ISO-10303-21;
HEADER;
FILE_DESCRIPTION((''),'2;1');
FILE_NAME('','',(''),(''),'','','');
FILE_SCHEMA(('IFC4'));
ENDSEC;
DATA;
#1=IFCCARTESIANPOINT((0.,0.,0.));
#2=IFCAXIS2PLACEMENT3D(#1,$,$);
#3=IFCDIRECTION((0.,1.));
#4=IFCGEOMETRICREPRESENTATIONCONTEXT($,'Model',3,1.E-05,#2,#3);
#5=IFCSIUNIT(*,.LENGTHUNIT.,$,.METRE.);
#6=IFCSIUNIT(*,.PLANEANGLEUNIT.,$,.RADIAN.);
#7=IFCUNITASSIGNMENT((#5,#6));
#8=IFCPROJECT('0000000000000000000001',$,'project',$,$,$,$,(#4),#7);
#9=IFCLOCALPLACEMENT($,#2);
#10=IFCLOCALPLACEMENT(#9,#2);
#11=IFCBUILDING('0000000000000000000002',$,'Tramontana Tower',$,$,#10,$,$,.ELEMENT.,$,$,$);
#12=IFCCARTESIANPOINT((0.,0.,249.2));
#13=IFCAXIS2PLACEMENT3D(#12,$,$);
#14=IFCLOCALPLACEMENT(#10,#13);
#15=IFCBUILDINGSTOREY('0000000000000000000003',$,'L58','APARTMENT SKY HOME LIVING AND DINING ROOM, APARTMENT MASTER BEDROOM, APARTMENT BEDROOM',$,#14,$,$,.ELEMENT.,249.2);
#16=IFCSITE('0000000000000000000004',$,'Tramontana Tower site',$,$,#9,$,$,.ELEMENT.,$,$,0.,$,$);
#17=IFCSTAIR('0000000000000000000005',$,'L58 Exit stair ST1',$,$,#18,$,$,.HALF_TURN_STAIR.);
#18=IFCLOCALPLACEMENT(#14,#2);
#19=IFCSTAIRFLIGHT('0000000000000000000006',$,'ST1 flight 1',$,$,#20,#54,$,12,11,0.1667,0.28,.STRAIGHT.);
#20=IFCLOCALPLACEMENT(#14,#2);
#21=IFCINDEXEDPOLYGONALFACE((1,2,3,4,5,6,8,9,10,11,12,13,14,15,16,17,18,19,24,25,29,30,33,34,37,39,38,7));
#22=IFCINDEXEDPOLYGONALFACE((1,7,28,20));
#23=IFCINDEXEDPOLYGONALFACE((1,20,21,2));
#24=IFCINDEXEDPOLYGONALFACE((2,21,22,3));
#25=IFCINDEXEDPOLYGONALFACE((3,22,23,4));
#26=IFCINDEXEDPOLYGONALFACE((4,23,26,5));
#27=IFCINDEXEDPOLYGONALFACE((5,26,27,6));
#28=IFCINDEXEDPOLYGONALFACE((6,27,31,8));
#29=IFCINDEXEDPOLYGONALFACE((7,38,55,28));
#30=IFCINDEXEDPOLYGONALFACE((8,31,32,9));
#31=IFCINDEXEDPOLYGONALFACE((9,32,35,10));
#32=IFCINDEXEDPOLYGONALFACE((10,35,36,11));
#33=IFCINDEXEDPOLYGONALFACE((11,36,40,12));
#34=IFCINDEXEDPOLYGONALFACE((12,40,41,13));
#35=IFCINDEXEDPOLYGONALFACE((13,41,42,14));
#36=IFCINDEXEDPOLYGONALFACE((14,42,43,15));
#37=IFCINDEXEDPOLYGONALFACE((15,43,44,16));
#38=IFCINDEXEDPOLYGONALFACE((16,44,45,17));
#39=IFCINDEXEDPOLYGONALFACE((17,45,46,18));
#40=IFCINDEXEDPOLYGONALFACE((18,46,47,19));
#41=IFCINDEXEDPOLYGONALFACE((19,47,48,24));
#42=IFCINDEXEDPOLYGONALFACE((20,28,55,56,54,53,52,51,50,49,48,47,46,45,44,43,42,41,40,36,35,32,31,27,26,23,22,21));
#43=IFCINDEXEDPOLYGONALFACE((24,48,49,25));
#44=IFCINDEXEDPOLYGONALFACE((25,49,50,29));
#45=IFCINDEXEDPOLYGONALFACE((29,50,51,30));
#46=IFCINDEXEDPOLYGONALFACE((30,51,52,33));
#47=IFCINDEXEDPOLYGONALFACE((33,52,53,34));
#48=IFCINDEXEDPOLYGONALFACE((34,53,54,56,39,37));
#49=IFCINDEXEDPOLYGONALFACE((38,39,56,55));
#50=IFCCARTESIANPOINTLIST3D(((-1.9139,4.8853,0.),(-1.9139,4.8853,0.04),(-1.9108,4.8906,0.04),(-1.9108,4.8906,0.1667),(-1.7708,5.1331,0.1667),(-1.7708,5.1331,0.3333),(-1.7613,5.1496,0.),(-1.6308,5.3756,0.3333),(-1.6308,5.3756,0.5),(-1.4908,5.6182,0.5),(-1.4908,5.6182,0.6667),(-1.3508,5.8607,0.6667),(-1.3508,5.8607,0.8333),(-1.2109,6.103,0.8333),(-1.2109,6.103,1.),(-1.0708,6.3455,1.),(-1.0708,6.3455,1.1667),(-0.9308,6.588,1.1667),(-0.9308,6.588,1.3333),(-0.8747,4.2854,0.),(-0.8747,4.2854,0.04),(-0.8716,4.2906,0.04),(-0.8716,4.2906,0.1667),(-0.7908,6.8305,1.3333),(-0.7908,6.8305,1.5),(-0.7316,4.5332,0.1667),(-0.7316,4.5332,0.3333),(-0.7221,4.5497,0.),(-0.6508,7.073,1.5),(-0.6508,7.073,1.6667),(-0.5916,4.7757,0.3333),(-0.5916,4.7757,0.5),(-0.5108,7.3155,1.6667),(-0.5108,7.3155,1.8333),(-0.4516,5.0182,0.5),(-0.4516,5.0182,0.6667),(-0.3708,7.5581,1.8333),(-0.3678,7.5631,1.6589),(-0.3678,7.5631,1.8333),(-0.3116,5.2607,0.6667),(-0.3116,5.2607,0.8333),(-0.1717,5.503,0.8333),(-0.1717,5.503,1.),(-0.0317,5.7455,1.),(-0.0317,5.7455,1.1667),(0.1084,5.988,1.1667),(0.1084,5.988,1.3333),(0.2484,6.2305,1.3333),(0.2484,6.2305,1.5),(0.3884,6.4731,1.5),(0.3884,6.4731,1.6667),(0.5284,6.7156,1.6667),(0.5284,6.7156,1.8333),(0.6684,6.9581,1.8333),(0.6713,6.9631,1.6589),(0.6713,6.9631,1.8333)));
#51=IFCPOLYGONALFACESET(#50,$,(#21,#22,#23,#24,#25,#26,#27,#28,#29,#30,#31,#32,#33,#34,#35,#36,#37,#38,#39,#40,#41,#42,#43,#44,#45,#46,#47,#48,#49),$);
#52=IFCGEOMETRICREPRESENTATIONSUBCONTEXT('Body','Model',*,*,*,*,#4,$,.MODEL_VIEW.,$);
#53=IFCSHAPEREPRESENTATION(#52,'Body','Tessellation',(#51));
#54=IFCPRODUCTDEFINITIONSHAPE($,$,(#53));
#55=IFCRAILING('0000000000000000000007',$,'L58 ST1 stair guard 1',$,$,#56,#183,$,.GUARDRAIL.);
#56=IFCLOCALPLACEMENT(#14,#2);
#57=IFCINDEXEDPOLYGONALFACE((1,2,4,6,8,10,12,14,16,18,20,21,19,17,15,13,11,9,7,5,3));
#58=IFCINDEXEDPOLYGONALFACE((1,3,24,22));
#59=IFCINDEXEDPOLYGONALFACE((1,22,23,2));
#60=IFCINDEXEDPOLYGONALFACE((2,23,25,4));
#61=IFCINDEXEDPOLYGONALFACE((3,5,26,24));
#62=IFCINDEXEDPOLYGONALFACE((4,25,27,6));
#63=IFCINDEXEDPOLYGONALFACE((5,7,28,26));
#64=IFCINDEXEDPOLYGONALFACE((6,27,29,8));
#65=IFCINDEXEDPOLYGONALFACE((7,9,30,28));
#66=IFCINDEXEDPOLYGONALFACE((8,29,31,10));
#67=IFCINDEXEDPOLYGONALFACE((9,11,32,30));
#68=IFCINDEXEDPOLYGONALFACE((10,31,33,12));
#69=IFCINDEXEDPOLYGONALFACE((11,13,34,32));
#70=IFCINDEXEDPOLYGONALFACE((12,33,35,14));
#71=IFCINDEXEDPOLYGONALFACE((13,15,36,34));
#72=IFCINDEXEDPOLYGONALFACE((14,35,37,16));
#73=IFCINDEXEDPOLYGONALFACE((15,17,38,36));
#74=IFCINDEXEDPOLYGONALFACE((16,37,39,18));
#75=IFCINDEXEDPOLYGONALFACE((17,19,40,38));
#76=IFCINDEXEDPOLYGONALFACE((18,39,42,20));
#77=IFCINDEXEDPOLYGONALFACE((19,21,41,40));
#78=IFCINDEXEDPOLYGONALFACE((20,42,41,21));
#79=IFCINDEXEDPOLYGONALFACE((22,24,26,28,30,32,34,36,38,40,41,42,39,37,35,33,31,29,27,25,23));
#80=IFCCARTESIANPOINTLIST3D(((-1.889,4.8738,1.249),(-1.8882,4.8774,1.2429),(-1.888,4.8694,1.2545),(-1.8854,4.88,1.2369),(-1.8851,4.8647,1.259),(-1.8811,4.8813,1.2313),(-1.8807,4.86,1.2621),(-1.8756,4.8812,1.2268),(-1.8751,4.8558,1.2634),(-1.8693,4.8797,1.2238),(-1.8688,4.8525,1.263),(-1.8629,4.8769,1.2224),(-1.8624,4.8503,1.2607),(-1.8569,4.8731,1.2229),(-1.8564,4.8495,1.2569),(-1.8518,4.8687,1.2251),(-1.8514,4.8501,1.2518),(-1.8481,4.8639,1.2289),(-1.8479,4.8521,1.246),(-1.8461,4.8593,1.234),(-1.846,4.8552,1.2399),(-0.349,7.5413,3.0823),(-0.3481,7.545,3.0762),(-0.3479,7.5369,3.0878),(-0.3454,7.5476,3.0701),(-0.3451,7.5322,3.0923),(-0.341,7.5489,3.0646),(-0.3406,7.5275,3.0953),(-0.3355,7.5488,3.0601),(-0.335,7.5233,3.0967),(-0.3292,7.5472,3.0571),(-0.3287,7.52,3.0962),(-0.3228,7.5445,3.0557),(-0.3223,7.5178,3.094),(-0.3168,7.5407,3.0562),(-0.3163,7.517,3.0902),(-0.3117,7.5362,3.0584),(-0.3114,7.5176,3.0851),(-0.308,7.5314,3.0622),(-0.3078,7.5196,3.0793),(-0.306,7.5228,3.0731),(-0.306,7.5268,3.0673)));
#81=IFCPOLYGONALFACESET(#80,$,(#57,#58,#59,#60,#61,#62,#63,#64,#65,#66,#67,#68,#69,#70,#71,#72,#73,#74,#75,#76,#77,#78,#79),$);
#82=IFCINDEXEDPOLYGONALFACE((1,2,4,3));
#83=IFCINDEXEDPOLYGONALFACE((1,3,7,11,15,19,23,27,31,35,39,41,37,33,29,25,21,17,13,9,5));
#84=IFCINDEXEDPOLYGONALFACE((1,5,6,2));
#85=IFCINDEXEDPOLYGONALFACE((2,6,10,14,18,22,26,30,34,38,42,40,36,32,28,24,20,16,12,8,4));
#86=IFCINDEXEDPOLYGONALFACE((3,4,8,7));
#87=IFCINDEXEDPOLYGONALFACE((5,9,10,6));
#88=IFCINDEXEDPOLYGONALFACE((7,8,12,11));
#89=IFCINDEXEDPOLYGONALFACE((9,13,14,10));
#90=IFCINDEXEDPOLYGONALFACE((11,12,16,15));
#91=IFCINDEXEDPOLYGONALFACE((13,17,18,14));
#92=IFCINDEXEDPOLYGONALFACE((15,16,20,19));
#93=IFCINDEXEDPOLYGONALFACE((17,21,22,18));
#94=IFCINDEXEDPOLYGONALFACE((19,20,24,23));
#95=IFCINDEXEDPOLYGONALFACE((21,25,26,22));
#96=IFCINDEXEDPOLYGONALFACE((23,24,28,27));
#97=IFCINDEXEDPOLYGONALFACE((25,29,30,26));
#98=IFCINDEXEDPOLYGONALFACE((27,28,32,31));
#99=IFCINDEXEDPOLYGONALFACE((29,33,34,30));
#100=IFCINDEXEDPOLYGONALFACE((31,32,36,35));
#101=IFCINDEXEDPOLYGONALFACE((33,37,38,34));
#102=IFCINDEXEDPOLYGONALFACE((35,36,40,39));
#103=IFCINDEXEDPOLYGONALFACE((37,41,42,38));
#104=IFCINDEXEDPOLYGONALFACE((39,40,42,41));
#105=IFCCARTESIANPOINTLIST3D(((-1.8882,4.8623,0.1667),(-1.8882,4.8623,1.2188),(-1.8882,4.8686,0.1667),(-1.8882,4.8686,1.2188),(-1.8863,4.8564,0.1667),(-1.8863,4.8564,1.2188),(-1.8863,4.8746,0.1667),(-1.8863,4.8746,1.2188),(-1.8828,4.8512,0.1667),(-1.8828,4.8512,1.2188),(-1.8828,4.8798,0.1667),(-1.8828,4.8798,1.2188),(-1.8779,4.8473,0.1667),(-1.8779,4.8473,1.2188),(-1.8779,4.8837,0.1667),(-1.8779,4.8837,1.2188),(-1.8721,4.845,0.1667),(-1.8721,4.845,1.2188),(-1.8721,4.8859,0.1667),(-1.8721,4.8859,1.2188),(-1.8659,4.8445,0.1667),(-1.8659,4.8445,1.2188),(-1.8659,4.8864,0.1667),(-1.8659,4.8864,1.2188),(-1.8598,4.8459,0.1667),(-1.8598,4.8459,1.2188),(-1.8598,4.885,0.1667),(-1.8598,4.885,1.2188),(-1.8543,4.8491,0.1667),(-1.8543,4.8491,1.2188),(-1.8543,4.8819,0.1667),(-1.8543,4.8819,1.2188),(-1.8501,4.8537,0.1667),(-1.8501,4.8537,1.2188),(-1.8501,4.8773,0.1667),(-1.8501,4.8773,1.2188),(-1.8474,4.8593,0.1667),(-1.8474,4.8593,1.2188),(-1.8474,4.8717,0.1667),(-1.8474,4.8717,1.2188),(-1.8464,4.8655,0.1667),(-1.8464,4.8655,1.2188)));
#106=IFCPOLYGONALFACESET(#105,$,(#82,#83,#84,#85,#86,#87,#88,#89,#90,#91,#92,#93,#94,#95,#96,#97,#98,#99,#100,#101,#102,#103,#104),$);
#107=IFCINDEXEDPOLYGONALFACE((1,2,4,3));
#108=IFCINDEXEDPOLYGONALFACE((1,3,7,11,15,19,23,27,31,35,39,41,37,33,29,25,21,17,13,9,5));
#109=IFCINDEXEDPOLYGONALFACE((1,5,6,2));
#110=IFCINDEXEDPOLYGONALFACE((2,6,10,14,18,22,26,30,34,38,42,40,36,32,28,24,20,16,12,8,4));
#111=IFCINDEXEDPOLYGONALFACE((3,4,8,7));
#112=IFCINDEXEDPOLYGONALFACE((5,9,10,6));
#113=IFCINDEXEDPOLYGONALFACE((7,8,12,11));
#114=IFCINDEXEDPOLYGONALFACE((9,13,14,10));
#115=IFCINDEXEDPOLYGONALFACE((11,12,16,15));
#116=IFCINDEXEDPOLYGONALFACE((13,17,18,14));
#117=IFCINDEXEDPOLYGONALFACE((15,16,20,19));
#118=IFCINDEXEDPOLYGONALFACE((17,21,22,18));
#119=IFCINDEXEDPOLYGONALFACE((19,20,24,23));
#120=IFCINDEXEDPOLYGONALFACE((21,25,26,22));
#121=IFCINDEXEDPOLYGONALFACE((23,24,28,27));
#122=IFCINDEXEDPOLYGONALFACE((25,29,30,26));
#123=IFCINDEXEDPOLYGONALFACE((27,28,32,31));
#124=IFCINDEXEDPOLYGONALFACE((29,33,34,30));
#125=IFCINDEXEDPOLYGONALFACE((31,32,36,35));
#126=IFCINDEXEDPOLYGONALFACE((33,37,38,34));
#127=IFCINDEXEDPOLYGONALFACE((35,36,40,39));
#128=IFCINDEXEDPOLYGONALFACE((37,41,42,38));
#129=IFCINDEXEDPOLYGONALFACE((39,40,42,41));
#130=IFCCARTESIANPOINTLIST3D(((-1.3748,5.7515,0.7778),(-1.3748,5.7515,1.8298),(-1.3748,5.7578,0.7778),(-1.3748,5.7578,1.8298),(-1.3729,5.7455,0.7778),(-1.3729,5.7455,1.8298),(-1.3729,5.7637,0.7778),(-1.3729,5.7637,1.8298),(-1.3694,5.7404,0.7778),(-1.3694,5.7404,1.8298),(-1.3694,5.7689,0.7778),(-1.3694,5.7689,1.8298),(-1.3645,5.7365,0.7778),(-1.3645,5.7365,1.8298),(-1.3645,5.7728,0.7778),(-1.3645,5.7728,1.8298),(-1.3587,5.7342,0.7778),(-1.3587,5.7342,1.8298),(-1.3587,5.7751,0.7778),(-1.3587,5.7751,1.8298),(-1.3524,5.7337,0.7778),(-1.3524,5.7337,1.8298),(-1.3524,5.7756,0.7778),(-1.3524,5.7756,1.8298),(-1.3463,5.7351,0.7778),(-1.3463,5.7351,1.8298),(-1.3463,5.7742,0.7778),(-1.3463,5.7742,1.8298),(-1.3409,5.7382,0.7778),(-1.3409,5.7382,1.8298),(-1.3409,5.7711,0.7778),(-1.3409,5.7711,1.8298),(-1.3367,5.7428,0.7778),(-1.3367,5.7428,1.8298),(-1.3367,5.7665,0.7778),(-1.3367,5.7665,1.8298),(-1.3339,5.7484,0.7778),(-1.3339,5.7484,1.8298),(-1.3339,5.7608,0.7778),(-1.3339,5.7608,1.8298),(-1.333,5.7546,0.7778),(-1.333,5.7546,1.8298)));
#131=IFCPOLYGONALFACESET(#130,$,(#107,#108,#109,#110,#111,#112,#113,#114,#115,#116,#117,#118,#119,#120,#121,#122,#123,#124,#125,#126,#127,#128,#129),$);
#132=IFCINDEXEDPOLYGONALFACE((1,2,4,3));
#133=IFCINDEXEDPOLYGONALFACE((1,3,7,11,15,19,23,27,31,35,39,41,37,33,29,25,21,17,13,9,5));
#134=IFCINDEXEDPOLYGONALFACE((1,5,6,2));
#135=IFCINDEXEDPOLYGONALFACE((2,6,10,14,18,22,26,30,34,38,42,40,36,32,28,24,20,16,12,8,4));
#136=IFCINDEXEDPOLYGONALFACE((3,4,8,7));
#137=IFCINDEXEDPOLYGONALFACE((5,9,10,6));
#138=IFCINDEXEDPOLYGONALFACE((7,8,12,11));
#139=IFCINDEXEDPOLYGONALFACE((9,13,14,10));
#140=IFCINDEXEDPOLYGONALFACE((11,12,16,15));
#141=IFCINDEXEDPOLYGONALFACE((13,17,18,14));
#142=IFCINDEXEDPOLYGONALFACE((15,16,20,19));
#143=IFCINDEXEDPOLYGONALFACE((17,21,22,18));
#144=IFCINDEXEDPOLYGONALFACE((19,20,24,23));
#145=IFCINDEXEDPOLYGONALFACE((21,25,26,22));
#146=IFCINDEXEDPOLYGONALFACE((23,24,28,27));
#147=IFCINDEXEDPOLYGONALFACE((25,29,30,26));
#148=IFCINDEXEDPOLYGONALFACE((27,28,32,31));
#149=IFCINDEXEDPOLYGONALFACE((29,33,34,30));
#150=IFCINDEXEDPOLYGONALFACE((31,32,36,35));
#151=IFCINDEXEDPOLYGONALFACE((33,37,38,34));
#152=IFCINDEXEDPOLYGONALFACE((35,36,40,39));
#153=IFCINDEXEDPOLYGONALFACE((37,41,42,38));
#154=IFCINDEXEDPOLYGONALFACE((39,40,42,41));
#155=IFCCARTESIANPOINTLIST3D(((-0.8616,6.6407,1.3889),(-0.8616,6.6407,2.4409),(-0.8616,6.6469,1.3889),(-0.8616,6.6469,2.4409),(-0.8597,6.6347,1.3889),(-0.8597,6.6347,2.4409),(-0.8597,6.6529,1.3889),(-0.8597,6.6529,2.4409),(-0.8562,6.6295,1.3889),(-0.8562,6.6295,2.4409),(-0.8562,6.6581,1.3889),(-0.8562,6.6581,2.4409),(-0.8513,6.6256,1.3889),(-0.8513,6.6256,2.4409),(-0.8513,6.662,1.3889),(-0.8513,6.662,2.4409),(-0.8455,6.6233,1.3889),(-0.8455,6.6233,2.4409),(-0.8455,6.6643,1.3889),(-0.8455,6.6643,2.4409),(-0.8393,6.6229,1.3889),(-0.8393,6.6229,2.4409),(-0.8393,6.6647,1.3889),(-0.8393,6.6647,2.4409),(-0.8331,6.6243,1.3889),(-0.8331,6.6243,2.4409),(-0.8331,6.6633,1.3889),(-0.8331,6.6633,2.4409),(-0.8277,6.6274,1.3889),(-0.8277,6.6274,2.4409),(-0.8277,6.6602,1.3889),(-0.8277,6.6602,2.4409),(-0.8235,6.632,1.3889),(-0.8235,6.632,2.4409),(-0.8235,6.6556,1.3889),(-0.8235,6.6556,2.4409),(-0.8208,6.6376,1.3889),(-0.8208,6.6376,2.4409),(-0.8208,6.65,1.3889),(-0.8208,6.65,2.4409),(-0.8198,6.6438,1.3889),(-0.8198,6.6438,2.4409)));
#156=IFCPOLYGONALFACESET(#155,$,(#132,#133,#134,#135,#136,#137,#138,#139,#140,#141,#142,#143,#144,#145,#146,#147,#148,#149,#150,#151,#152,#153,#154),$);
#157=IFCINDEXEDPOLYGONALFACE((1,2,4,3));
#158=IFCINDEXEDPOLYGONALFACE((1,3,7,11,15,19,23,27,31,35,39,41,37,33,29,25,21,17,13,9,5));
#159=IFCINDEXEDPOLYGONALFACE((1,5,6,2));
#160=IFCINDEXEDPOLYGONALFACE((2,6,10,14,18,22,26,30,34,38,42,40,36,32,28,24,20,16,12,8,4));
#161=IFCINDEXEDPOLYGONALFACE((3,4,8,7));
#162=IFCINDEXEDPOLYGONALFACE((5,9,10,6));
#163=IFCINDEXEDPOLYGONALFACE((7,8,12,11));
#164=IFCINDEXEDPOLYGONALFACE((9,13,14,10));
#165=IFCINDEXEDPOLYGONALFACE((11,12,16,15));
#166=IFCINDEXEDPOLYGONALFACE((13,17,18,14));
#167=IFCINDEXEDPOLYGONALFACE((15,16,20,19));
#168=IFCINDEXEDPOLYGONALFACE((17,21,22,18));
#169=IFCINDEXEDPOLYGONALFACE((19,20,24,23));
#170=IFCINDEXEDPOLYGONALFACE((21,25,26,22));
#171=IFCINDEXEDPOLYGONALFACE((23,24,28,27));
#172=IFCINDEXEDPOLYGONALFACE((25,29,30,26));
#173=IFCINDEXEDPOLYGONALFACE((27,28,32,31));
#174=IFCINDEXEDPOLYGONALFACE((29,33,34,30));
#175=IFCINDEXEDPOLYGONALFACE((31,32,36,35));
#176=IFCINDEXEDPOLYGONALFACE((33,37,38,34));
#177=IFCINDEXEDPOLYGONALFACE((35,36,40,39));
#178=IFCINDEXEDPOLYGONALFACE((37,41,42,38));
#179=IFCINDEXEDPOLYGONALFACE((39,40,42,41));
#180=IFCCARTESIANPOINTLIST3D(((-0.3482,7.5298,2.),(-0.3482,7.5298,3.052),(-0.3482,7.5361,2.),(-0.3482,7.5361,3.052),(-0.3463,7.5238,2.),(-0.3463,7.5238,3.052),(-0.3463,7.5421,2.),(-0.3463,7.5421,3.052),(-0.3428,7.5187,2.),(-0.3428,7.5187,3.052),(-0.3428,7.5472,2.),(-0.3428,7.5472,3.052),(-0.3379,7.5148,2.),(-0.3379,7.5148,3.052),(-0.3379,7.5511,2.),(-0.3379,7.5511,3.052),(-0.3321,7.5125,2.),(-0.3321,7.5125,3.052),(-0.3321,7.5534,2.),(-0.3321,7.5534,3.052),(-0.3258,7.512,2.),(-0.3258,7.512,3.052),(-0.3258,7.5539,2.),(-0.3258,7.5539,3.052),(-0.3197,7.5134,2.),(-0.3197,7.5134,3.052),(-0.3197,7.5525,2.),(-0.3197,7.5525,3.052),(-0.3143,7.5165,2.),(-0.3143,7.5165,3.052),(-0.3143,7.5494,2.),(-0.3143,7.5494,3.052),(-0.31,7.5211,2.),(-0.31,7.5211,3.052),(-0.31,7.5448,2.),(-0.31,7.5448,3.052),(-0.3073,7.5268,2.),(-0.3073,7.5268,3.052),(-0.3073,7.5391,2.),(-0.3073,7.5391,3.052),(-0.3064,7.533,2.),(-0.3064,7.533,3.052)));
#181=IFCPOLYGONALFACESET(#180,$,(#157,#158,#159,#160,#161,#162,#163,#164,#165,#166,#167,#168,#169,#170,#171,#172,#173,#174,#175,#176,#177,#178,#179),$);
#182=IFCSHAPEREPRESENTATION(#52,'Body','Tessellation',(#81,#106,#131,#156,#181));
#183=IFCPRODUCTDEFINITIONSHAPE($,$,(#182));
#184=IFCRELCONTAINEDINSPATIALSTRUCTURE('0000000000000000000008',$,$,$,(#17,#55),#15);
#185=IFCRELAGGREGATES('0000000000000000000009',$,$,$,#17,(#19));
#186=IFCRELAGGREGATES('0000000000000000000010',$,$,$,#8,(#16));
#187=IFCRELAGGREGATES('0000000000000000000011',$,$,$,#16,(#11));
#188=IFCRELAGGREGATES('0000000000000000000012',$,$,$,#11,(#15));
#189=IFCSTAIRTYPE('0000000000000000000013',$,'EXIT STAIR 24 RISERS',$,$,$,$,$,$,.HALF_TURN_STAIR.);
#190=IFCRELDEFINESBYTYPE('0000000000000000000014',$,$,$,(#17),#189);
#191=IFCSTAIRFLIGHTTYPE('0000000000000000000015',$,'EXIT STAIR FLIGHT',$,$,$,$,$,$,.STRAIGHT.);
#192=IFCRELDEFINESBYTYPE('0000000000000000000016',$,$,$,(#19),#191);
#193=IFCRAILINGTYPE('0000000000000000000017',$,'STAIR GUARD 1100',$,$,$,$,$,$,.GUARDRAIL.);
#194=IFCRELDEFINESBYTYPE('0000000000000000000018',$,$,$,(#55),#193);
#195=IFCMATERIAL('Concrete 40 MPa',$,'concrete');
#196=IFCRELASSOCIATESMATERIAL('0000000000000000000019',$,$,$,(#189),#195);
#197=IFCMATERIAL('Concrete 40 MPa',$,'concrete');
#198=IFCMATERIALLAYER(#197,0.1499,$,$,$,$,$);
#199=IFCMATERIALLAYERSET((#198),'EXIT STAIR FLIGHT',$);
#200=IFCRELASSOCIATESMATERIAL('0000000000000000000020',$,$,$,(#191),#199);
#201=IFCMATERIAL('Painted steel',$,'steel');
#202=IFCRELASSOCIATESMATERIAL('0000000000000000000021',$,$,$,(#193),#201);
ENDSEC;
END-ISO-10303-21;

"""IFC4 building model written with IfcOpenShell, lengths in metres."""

from ifc_helpers import new_model, si_unit, direction, frame, origin, origin_2d, place, context, subcontext, project, spatial, polyline, circle, outline, extrude, material, layer, layer_set, type_object, element, aggregate, save


model = new_model("IFC4")

# Units and contexts
model_context = context("Model", 3, precision=1e-05, world=origin(), true_north=direction((0.0, 1.0)))
body_context = subcontext(model_context, "Body", "Model", "MODEL_VIEW")
ifc_project = project(units=[si_unit("LENGTHUNIT", "METRE"), si_unit("PLANEANGLEUNIT", "RADIAN")], contexts=[model_context])

# Site, building, storey
site_placement = place(None, origin())
site = spatial("IfcSite", under=ifc_project, at=site_placement, Name="Tramontana Tower site", CompositionType="ELEMENT", RefElevation=0.0)
building_placement = place(site_placement, origin())
building = spatial("IfcBuilding", under=site, at=building_placement, Name="Tramontana Tower", CompositionType="ELEMENT")
storey_placement = place(building_placement, frame((0.0, 0.0, 249.2)))
storey = spatial("IfcBuildingStorey", under=building, at=storey_placement, Name="L58", Description="APARTMENT SKY HOME LIVING AND DINING ROOM, APARTMENT MASTER BEDROOM, APARTMENT BEDROOM", CompositionType="ELEMENT", Elevation=249.2)

# Stair, stair flight
ifc_material_1 = material(Name="Concrete 40 MPa", Category="concrete")
stair_type = type_object("IfcStairType", Name="EXIT STAIR 24 RISERS", PredefinedType="HALF_TURN_STAIR", material=ifc_material_1)
stair_placement = place(storey_placement, origin())
stair = element("IfcStair", 1, at=stair_placement, inside=storey, type_object=stair_type, Name="L58 Exit stair ST1", PredefinedType="HALF_TURN_STAIR")
ifc_material_2 = material(Name="Concrete 40 MPa", Category="concrete")
ifc_layer_1 = layer(ifc_material_2, 0.1499)
ifc_layer_set_1 = layer_set([ifc_layer_1], Name="EXIT STAIR FLIGHT")
stair_flight_type = type_object("IfcStairFlightType", Name="EXIT STAIR FLIGHT", PredefinedType="STRAIGHT", material=ifc_layer_set_1)
stair_flight_placement = place(storey_placement, frame((-1.3911, 4.5906, 0.0), z_axis=(0.0, 0.0, 1.0), x_axis=(0.5, 0.866025, 0.0)))
stair_flight = element("IfcStairFlight", 2, at=stair_flight_placement, type_object=stair_flight_type, Name="ST1 flight 1", NumberOfRisers=12, NumberOfTreads=11, PredefinedType="STRAIGHT", RiserHeight=0.1667, TreadLength=0.28, context=body_context, shape_type="SweptSolid", body=[
    extrude(outline(polyline([(-0.0061, 0.0), (-0.0061, 0.04), (0.0, 0.04), (0.0, 0.1667), (0.28, 0.1667), (0.28, 0.3333), (0.5601, 0.3333), (0.5601, 0.5), (0.8401, 0.5), (0.8401, 0.6667), (1.1201, 0.6667), (1.1201, 0.8333), (1.3999, 0.8333), (1.3999, 1.0), (1.6799, 1.0), (1.6799, 1.1667), (1.96, 1.1667), (1.96, 1.3333), (2.24, 1.3333), (2.24, 1.5), (2.52, 1.5), (2.52, 1.6667), (2.8, 1.6667), (2.8, 1.8333), (3.0801, 1.8333), (3.0859, 1.8333), (3.0859, 1.6589), (0.2991, 0.0), (-0.0061, 0.0)])), frame((0.0, 0.6001, 0.0), z_axis=(0.0, -1.0, 0.0), x_axis=(1.0, 0.0, 0.0)), (0.0, 0.0, 1.0), 1.2),
])
aggregate(stair, [stair_flight])

# Railing
ifc_material_3 = material(Name="Painted steel", Category="steel")
railing_type_1 = type_object("IfcRailingType", Name="STAIR GUARD 1100", PredefinedType="GUARDRAIL", material=ifc_material_3)
railing_1_placement = place(storey_placement, frame((-1.8674, 4.8655, 0.1667)))
element("IfcRailing", 3, at=railing_1_placement, inside=storey, type_object=railing_type_1, Name="L58 ST1 stair guard 1", PredefinedType="GUARDRAIL", context=body_context, shape_type="SweptSolid", body=[
    extrude(circle(Radius=0.0239, at=origin_2d()), frame((0.0, 0.0, 1.0762), z_axis=(0.429649, 0.74419, 0.511452), x_axis=(-0.86603, 0.499992, 0.0)), (0.0, 0.0, 1.0), 3.5845),
    extrude(circle(Radius=0.021, at=origin_2d()), origin(), (0.0, 0.0, 1.0), 1.052),
    extrude(circle(Radius=0.021, at=origin_2d()), frame((0.5134, 0.8892, 0.6111)), (0.0, 0.0, 1.0), 1.052),
    extrude(circle(Radius=0.021, at=origin_2d()), frame((1.0266, 1.7783, 1.2222)), (0.0, 0.0, 1.0), 1.052),
    extrude(circle(Radius=0.021, at=origin_2d()), frame((1.54, 2.6675, 1.8333)), (0.0, 0.0, 1.0), 1.052),
])

save(model, "model.ifc")
